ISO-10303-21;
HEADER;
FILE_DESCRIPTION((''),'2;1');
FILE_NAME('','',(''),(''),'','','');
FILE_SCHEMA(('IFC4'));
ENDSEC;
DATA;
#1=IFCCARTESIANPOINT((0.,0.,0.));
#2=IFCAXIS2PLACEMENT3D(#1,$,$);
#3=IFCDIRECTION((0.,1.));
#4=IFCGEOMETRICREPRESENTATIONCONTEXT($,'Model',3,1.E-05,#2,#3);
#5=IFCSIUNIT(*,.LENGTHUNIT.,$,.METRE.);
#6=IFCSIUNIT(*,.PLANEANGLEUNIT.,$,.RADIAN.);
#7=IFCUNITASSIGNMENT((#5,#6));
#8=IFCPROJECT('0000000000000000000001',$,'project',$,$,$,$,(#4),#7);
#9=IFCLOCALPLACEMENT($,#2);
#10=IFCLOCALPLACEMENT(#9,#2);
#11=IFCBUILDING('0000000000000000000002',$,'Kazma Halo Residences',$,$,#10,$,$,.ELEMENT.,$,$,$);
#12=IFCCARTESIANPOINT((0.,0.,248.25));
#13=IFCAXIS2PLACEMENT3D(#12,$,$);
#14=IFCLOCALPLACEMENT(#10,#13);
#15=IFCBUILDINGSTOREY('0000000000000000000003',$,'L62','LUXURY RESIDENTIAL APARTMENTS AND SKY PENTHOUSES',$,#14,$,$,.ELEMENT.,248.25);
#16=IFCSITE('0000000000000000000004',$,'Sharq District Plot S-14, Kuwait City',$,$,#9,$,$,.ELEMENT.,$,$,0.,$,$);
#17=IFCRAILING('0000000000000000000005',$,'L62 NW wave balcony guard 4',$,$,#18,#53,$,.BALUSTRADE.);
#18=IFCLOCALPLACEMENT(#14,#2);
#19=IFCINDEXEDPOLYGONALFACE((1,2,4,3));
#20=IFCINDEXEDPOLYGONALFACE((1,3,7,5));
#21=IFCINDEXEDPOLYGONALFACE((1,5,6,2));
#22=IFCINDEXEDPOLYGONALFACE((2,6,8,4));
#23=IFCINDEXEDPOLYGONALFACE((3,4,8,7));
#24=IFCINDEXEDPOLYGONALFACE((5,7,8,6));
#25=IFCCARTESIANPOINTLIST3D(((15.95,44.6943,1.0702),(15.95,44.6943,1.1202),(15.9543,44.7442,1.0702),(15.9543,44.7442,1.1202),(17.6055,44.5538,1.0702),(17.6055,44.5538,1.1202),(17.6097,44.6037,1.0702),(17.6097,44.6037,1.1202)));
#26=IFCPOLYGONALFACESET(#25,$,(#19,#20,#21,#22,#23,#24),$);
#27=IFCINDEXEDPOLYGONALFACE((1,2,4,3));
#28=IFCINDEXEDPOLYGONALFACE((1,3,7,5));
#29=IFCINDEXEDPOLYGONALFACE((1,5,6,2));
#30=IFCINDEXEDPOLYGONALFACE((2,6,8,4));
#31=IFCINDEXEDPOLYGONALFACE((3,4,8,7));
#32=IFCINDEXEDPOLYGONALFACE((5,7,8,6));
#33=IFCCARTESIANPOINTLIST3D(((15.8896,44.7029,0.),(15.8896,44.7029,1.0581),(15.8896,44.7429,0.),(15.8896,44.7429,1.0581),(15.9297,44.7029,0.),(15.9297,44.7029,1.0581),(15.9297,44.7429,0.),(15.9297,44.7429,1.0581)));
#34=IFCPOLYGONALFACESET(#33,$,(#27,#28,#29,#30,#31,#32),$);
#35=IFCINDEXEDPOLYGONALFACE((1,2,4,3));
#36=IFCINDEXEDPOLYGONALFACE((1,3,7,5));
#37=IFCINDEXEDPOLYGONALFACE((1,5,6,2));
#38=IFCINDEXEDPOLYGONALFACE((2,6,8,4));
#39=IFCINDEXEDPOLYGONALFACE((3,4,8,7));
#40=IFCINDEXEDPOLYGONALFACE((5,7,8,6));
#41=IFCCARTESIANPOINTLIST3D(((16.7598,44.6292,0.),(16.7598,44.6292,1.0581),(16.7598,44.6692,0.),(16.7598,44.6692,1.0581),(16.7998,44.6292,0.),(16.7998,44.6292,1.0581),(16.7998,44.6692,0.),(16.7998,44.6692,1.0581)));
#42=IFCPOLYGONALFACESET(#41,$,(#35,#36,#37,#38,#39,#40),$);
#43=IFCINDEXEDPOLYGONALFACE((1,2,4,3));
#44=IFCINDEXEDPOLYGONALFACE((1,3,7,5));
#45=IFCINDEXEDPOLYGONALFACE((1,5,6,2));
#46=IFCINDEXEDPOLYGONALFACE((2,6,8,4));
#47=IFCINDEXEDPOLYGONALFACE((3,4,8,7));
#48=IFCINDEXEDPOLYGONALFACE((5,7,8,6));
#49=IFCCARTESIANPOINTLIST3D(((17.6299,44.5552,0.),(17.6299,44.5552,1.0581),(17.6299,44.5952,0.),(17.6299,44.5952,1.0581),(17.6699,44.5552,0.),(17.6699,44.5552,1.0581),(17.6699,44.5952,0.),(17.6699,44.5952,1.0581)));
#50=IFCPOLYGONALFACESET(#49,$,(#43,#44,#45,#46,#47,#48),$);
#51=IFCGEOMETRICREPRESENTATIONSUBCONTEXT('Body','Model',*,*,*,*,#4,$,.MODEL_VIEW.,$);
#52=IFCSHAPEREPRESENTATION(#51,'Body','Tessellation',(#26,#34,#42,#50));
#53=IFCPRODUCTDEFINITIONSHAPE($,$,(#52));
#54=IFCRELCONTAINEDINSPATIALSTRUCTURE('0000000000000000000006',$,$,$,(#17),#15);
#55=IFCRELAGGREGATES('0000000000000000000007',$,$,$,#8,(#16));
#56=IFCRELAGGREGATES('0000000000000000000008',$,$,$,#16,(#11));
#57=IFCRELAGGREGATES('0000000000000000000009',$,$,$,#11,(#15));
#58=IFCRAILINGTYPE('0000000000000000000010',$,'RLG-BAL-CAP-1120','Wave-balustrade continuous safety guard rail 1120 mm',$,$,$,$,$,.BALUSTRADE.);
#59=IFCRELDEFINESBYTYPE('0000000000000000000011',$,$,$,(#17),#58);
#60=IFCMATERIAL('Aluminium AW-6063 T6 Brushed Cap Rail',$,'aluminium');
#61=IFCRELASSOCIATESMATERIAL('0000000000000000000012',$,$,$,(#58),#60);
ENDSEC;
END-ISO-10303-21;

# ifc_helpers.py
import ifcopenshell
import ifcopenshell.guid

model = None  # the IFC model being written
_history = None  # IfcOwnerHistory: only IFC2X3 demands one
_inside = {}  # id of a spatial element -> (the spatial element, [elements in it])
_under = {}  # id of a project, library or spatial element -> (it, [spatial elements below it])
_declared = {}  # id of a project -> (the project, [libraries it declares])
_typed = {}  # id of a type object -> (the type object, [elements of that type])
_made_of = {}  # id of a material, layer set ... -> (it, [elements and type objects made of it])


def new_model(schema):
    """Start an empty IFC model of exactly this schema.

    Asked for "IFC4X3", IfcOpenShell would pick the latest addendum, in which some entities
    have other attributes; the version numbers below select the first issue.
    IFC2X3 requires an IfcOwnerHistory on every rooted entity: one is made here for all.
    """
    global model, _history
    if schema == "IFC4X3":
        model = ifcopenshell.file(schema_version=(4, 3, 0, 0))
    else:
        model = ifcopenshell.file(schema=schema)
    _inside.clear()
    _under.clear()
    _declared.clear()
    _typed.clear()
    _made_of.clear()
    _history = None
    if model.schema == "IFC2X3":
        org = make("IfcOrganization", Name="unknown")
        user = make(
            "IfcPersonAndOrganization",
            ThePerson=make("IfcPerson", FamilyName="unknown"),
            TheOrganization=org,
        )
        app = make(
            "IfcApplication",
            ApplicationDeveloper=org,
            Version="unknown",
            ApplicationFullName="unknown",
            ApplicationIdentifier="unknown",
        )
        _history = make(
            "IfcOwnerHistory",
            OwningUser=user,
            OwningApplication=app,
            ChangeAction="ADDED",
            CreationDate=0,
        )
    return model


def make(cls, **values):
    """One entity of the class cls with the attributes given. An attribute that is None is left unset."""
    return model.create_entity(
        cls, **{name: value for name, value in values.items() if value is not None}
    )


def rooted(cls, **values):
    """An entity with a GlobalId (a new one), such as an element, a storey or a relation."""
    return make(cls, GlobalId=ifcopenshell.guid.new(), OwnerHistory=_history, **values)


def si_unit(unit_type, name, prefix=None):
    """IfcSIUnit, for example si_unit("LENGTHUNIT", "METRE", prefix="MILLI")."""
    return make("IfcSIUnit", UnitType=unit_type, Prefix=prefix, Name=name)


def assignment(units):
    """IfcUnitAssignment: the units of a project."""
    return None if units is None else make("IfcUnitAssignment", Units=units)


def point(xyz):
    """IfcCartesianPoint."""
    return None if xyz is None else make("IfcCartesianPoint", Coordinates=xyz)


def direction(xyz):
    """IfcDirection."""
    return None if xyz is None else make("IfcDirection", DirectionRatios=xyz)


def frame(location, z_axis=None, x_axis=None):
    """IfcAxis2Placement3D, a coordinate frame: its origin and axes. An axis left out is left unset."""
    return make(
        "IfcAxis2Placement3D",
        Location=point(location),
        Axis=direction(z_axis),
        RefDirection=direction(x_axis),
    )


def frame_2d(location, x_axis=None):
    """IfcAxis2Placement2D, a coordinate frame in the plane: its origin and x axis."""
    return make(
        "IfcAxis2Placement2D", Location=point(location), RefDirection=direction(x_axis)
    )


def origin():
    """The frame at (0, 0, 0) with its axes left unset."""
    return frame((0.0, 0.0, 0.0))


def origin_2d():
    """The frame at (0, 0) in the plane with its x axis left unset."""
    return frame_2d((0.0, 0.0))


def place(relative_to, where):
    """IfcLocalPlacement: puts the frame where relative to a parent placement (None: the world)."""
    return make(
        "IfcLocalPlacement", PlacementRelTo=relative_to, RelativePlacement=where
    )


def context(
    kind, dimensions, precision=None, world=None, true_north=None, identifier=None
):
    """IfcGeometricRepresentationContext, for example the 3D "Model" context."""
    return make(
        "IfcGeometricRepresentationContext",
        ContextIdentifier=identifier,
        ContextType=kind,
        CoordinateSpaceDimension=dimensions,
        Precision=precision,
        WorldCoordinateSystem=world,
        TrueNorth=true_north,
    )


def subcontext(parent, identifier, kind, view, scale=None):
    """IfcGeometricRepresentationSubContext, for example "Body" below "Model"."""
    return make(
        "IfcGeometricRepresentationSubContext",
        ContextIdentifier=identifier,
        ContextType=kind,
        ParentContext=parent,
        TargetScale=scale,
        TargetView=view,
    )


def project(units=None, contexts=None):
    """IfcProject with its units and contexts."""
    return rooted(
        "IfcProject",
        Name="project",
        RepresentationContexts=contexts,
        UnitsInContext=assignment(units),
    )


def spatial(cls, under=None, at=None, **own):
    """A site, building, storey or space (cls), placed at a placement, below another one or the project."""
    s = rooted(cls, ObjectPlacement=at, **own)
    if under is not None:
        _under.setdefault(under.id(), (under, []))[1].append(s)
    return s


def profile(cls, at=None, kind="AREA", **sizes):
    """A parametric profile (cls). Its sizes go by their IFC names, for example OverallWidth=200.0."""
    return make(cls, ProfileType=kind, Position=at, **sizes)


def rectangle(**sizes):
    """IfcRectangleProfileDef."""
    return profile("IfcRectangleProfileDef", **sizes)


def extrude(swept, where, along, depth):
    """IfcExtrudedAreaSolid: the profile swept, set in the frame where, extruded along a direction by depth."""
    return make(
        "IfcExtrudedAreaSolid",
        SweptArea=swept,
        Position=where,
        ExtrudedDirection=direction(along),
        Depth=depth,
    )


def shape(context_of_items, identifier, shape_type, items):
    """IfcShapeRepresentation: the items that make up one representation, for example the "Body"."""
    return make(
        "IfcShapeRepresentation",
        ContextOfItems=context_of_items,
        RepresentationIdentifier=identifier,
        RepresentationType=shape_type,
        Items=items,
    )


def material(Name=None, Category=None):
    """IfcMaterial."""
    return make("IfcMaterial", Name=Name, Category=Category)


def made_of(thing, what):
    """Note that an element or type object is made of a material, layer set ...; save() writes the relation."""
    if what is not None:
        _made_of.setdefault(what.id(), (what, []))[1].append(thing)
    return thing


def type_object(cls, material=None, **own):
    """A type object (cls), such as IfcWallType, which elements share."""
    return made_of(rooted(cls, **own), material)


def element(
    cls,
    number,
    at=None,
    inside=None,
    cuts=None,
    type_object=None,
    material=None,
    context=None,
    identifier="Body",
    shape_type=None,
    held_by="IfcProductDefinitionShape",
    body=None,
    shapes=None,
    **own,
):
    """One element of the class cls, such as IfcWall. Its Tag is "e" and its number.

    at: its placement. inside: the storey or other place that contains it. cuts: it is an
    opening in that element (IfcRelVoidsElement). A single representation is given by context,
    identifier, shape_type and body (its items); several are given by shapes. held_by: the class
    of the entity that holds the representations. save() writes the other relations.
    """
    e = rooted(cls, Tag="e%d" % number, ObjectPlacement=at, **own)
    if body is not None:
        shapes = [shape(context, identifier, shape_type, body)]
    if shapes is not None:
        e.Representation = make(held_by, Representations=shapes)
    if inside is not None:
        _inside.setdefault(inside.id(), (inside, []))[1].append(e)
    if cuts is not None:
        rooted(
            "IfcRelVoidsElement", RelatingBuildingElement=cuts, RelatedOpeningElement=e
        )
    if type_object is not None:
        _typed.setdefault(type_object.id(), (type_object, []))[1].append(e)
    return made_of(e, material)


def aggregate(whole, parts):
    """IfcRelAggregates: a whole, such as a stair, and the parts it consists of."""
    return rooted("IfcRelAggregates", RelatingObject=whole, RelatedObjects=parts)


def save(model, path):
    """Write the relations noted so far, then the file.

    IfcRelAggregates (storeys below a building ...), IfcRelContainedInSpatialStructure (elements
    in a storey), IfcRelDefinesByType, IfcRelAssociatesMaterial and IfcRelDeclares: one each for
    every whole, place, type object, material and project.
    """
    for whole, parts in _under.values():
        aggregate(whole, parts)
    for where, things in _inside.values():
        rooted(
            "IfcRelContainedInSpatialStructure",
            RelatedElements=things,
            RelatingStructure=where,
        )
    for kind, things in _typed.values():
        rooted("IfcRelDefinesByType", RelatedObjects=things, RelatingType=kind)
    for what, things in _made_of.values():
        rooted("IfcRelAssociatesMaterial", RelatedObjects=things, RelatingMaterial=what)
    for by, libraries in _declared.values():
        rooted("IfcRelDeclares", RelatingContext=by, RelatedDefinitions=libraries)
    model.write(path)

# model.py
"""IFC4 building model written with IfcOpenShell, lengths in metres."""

from ifc_helpers import new_model, si_unit, direction, frame, origin, origin_2d, place, context, subcontext, project, spatial, rectangle, extrude, material, type_object, element, save


model = new_model("IFC4")

# Units and contexts
model_context = context("Model", 3, precision=1e-05, world=origin(), true_north=direction((0.0, 1.0)))
body_context = subcontext(model_context, "Body", "Model", "MODEL_VIEW")
ifc_project = project(units=[si_unit("LENGTHUNIT", "METRE"), si_unit("PLANEANGLEUNIT", "RADIAN")], contexts=[model_context])

# Site, building, storey
site_placement = place(None, origin())
site = spatial("IfcSite", under=ifc_project, at=site_placement, Name="Sharq District Plot S-14, Kuwait City", CompositionType="ELEMENT", RefElevation=0.0)
building_placement = place(site_placement, origin())
building = spatial("IfcBuilding", under=site, at=building_placement, Name="Kazma Halo Residences", CompositionType="ELEMENT")
storey_placement = place(building_placement, frame((0.0, 0.0, 248.25)))
storey = spatial("IfcBuildingStorey", under=building, at=storey_placement, Name="L62", Description="LUXURY RESIDENTIAL APARTMENTS AND SKY PENTHOUSES", CompositionType="ELEMENT", Elevation=248.25)

# Railing
ifc_material_1 = material(Name="Aluminium AW-6063 T6 Brushed Cap Rail", Category="aluminium")
railing_type = type_object("IfcRailingType", Name="RLG-BAL-CAP-1120", Description="Wave-balustrade continuous safety guard rail 1120 mm", PredefinedType="BALUSTRADE", material=ifc_material_1)
railing_placement = place(storey_placement, frame((15.9097, 44.7229, 0.0)))
element("IfcRailing", 1, at=railing_placement, inside=storey, type_object=railing_type, Name="L62 NW wave balcony guard 4", PredefinedType="BALUSTRADE", context=body_context, shape_type="SweptSolid", body=[
    extrude(rectangle(XDim=0.05, YDim=0.05, at=origin_2d()), frame((0.0425, -0.0037, 1.0952), z_axis=(0.996417, -0.084572, 0.0), x_axis=(0.084572, 0.996417, 0.0)), (0.0, 0.0, 1.0), 1.6614),
    extrude(rectangle(XDim=0.04, YDim=0.04, at=origin_2d()), origin(), (0.0, 0.0, 1.0), 1.0581),
    extrude(rectangle(XDim=0.04, YDim=0.04, at=origin_2d()), frame((0.8701, -0.0737, 0.0)), (0.0, 0.0, 1.0), 1.0581),
    extrude(rectangle(XDim=0.04, YDim=0.04, at=origin_2d()), frame((1.7402, -0.1477, 0.0)), (0.0, 0.0, 1.0), 1.0581),
])

save(model, "model.ifc")
